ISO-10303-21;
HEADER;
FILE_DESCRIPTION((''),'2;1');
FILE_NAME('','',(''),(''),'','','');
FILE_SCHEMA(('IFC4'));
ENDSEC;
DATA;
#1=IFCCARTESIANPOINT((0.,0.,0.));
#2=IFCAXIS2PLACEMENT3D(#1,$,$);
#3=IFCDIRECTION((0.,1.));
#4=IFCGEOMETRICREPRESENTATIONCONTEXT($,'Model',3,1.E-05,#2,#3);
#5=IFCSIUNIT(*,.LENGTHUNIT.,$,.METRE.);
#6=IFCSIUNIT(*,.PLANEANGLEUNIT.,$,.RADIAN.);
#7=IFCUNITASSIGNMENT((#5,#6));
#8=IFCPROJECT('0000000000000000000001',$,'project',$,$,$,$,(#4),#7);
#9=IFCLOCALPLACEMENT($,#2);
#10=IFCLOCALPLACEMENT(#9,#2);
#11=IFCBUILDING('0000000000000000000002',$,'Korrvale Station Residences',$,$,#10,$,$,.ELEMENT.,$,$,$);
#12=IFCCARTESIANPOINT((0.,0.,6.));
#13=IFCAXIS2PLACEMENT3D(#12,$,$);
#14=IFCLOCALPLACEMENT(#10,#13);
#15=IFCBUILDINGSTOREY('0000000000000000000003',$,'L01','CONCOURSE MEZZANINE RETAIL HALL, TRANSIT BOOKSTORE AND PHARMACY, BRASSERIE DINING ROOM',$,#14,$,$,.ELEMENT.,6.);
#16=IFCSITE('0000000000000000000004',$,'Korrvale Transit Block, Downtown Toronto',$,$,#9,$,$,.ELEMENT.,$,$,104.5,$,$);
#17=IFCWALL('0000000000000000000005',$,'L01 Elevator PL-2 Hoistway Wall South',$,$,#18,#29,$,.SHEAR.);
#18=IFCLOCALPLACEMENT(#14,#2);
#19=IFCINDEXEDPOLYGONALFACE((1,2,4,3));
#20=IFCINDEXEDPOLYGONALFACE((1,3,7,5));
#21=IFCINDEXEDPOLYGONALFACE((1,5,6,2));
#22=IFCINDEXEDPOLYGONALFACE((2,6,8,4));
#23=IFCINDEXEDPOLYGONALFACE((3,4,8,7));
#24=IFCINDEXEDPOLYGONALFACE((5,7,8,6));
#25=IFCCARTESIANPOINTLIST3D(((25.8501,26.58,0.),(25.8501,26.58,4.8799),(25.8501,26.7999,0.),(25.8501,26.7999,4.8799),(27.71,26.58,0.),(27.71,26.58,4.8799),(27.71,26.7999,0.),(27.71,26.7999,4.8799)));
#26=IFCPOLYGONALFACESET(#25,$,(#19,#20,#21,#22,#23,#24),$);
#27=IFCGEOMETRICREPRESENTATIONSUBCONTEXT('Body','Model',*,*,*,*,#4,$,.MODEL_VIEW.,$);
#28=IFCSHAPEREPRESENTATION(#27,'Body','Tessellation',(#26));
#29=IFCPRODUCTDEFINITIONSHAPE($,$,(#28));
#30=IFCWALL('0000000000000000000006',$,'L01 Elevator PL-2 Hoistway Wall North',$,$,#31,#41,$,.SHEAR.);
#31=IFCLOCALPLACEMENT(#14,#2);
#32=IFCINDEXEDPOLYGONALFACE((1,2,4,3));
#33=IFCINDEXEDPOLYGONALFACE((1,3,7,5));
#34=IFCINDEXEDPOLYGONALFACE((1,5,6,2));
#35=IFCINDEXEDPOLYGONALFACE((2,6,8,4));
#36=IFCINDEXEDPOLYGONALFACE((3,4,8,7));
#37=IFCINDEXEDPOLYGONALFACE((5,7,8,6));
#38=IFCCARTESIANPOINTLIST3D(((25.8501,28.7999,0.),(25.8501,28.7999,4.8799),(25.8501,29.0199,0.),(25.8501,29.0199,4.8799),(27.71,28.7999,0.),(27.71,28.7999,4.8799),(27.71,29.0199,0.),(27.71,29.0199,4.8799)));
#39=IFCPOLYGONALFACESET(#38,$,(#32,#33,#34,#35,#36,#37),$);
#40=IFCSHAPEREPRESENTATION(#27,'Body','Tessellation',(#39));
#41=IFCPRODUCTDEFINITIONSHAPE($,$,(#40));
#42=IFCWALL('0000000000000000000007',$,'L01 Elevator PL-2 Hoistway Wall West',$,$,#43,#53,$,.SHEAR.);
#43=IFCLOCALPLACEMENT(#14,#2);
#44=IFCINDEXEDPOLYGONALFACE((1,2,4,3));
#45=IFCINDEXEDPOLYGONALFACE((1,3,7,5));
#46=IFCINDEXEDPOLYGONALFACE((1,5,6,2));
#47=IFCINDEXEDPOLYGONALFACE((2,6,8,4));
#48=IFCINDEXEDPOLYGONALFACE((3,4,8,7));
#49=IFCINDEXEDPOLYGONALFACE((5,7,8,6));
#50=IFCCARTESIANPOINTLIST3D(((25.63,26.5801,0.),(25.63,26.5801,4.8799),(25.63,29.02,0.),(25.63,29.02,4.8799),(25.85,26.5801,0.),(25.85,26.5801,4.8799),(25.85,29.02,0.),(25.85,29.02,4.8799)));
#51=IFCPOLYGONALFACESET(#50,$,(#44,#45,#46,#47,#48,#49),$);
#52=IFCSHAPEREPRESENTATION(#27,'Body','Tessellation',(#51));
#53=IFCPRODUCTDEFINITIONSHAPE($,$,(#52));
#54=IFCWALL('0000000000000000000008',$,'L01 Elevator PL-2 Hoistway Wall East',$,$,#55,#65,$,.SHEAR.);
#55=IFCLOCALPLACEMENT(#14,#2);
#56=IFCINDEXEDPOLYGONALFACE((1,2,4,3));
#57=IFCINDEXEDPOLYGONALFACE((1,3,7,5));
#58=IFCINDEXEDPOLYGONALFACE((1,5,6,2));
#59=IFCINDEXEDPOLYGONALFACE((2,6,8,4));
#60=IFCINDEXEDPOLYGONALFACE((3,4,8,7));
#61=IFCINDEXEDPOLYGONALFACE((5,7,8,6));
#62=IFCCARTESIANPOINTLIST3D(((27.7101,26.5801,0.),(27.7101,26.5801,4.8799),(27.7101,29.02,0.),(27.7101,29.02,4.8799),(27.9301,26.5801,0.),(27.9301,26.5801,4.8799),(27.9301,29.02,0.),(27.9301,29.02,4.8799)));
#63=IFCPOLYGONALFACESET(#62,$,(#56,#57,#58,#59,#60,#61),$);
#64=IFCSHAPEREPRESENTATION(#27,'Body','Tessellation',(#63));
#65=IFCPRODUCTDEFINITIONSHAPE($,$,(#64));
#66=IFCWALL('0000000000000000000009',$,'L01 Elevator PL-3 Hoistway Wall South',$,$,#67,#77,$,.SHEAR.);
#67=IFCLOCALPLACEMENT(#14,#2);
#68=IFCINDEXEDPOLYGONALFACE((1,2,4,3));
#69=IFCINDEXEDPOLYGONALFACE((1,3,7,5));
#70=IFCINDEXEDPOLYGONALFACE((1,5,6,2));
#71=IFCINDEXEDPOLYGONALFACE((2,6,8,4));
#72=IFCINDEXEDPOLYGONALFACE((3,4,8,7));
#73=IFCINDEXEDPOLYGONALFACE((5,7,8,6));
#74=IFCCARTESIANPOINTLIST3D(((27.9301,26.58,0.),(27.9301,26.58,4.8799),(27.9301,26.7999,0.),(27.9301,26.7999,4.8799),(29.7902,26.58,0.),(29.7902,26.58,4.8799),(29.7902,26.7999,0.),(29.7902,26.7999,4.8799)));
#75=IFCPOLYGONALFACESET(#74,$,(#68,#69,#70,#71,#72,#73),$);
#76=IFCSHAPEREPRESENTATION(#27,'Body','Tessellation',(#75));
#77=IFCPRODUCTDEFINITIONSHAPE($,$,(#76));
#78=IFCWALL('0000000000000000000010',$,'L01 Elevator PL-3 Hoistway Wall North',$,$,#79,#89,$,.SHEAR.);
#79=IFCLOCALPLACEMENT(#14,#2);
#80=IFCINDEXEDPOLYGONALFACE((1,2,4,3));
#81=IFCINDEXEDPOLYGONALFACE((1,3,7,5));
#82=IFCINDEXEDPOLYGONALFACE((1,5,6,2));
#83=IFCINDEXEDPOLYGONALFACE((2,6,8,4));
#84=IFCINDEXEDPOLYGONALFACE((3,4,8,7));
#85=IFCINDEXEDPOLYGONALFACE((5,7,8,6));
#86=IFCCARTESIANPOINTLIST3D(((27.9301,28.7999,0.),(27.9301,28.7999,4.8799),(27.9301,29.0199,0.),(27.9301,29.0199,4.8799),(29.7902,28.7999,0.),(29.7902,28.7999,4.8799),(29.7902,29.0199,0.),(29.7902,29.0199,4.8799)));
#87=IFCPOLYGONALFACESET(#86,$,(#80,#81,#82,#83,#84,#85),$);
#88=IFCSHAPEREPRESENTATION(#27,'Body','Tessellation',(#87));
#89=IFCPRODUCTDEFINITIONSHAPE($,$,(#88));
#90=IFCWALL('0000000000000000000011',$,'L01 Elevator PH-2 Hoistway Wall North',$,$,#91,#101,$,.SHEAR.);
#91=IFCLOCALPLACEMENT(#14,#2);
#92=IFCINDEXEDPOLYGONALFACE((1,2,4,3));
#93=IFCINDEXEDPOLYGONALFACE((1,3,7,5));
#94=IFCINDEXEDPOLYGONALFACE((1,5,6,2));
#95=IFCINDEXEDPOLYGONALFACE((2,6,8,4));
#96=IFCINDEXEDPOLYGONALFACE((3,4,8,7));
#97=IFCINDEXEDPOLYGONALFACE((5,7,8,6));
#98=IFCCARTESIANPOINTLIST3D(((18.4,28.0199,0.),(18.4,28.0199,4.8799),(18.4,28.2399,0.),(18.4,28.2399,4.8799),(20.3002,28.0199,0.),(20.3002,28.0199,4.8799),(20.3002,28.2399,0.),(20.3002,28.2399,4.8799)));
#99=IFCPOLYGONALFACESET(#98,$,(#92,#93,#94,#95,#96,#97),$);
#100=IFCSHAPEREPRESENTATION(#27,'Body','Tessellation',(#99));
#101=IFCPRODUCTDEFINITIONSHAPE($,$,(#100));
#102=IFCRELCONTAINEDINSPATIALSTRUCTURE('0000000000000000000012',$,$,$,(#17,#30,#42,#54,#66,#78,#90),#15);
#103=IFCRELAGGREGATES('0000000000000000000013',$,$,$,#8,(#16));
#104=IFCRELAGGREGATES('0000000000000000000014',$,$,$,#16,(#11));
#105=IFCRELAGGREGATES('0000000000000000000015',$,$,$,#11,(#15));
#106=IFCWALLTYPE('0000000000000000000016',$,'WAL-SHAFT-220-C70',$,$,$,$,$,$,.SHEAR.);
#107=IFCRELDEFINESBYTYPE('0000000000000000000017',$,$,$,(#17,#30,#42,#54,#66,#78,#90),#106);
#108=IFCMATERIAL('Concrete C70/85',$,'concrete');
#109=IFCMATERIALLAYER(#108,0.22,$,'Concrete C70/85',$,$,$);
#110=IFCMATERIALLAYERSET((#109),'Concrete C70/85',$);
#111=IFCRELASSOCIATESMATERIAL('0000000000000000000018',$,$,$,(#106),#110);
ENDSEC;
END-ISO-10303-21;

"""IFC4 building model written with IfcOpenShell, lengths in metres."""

from ifc_helpers import new_model, si_unit, direction, frame, frame_2d, origin, place, context, subcontext, project, spatial, rectangle, extrude, material, layer, layer_set, type_object, element, save


model = new_model("IFC4")

# Units and contexts
model_context = context("Model", 3, precision=1e-05, world=origin(), true_north=direction((0.0, 1.0)))
body_context = subcontext(model_context, "Body", "Model", "MODEL_VIEW")
ifc_project = project(units=[si_unit("LENGTHUNIT", "METRE"), si_unit("PLANEANGLEUNIT", "RADIAN")], contexts=[model_context])

# Site, building, storey
site_placement = place(None, origin())
site = spatial("IfcSite", under=ifc_project, at=site_placement, Name="Korrvale Transit Block, Downtown Toronto", CompositionType="ELEMENT", RefElevation=104.5)
building_placement = place(site_placement, origin())
building = spatial("IfcBuilding", under=site, at=building_placement, Name="Korrvale Station Residences", CompositionType="ELEMENT")
storey_placement = place(building_placement, frame((0.0, 0.0, 6.0)))
storey = spatial("IfcBuildingStorey", under=building, at=storey_placement, Name="L01", Description="CONCOURSE MEZZANINE RETAIL HALL, TRANSIT BOOKSTORE AND PHARMACY, BRASSERIE DINING ROOM", CompositionType="ELEMENT", Elevation=6.0)

# Shared definitions
ifc_material_1 = material(Name="Concrete C70/85", Category="concrete")

# Walls
ifc_layer_1 = layer(ifc_material_1, 0.22, Name="Concrete C70/85")
ifc_layer_set_1 = layer_set([ifc_layer_1], Name="Concrete C70/85")
wall_type_1 = type_object("IfcWallType", Name="WAL-SHAFT-220-C70", PredefinedType="SHEAR", material=ifc_layer_set_1)
for number, where, z_axis, x_axis, name in (
    (1, (25.8501, 26.6899, 0.0), (0.0, 0.0, 1.0), (1.0, 0.0, 0.0), "L01 Elevator PL-2 Hoistway Wall South"),
    (2, (25.8501, 28.9099, 0.0), (0.0, 0.0, 1.0), (1.0, 0.0, 0.0), "L01 Elevator PL-2 Hoistway Wall North"),
):
    element("IfcWall", number, at=place(storey_placement, frame(where, z_axis=z_axis, x_axis=x_axis)), inside=storey, type_object=wall_type_1, Name=name, PredefinedType="SHEAR", context=body_context, shape_type="SweptSolid", body=[
        extrude(rectangle(XDim=1.8599, YDim=0.22, at=frame_2d((0.9299, 0.0))), origin(), (0.0, 0.0, 1.0), 4.8799),
    ])
for number, where, z_axis, x_axis, name in (
    (3, (25.74, 26.5801, 0.0), (0.0, 0.0, 1.0), (0.0, 1.0, 0.0), "L01 Elevator PL-2 Hoistway Wall West"),
    (4, (27.8201, 26.5801, 0.0), (0.0, 0.0, 1.0), (0.0, 1.0, 0.0), "L01 Elevator PL-2 Hoistway Wall East"),
):
    element("IfcWall", number, at=place(storey_placement, frame(where, z_axis=z_axis, x_axis=x_axis)), inside=storey, type_object=wall_type_1, Name=name, PredefinedType="SHEAR", context=body_context, shape_type="SweptSolid", body=[
        extrude(rectangle(XDim=2.4399, YDim=0.22, at=frame_2d((1.22, 0.0))), origin(), (0.0, 0.0, 1.0), 4.8799),
    ])
for number, where, z_axis, x_axis, name in (
    (5, (27.9299, 26.6899, 0.0), (0.0, 0.0, 1.0), (1.0, 0.0, 0.0), "L01 Elevator PL-3 Hoistway Wall South"),
    (6, (27.9299, 28.9099, 0.0), (0.0, 0.0, 1.0), (1.0, 0.0, 0.0), "L01 Elevator PL-3 Hoistway Wall North"),
):
    element("IfcWall", number, at=place(storey_placement, frame(where, z_axis=z_axis, x_axis=x_axis)), inside=storey, type_object=wall_type_1, Name=name, PredefinedType="SHEAR", context=body_context, shape_type="SweptSolid", body=[
        extrude(rectangle(XDim=1.8601, YDim=0.22, at=frame_2d((0.9302, 0.0))), origin(), (0.0, 0.0, 1.0), 4.8799),
    ])
wall_1_placement = place(storey_placement, frame((18.3999, 28.1299, 0.0), z_axis=(0.0, 0.0, 1.0), x_axis=(1.0, 0.0, 0.0)))
element("IfcWall", 7, at=wall_1_placement, inside=storey, type_object=wall_type_1, Name="L01 Elevator PH-2 Hoistway Wall North", PredefinedType="SHEAR", context=body_context, shape_type="SweptSolid", body=[
    extrude(rectangle(XDim=1.9001, YDim=0.22, at=frame_2d((0.9502, 0.0))), origin(), (0.0, 0.0, 1.0), 4.8799),
])

save(model, "model.ifc")
